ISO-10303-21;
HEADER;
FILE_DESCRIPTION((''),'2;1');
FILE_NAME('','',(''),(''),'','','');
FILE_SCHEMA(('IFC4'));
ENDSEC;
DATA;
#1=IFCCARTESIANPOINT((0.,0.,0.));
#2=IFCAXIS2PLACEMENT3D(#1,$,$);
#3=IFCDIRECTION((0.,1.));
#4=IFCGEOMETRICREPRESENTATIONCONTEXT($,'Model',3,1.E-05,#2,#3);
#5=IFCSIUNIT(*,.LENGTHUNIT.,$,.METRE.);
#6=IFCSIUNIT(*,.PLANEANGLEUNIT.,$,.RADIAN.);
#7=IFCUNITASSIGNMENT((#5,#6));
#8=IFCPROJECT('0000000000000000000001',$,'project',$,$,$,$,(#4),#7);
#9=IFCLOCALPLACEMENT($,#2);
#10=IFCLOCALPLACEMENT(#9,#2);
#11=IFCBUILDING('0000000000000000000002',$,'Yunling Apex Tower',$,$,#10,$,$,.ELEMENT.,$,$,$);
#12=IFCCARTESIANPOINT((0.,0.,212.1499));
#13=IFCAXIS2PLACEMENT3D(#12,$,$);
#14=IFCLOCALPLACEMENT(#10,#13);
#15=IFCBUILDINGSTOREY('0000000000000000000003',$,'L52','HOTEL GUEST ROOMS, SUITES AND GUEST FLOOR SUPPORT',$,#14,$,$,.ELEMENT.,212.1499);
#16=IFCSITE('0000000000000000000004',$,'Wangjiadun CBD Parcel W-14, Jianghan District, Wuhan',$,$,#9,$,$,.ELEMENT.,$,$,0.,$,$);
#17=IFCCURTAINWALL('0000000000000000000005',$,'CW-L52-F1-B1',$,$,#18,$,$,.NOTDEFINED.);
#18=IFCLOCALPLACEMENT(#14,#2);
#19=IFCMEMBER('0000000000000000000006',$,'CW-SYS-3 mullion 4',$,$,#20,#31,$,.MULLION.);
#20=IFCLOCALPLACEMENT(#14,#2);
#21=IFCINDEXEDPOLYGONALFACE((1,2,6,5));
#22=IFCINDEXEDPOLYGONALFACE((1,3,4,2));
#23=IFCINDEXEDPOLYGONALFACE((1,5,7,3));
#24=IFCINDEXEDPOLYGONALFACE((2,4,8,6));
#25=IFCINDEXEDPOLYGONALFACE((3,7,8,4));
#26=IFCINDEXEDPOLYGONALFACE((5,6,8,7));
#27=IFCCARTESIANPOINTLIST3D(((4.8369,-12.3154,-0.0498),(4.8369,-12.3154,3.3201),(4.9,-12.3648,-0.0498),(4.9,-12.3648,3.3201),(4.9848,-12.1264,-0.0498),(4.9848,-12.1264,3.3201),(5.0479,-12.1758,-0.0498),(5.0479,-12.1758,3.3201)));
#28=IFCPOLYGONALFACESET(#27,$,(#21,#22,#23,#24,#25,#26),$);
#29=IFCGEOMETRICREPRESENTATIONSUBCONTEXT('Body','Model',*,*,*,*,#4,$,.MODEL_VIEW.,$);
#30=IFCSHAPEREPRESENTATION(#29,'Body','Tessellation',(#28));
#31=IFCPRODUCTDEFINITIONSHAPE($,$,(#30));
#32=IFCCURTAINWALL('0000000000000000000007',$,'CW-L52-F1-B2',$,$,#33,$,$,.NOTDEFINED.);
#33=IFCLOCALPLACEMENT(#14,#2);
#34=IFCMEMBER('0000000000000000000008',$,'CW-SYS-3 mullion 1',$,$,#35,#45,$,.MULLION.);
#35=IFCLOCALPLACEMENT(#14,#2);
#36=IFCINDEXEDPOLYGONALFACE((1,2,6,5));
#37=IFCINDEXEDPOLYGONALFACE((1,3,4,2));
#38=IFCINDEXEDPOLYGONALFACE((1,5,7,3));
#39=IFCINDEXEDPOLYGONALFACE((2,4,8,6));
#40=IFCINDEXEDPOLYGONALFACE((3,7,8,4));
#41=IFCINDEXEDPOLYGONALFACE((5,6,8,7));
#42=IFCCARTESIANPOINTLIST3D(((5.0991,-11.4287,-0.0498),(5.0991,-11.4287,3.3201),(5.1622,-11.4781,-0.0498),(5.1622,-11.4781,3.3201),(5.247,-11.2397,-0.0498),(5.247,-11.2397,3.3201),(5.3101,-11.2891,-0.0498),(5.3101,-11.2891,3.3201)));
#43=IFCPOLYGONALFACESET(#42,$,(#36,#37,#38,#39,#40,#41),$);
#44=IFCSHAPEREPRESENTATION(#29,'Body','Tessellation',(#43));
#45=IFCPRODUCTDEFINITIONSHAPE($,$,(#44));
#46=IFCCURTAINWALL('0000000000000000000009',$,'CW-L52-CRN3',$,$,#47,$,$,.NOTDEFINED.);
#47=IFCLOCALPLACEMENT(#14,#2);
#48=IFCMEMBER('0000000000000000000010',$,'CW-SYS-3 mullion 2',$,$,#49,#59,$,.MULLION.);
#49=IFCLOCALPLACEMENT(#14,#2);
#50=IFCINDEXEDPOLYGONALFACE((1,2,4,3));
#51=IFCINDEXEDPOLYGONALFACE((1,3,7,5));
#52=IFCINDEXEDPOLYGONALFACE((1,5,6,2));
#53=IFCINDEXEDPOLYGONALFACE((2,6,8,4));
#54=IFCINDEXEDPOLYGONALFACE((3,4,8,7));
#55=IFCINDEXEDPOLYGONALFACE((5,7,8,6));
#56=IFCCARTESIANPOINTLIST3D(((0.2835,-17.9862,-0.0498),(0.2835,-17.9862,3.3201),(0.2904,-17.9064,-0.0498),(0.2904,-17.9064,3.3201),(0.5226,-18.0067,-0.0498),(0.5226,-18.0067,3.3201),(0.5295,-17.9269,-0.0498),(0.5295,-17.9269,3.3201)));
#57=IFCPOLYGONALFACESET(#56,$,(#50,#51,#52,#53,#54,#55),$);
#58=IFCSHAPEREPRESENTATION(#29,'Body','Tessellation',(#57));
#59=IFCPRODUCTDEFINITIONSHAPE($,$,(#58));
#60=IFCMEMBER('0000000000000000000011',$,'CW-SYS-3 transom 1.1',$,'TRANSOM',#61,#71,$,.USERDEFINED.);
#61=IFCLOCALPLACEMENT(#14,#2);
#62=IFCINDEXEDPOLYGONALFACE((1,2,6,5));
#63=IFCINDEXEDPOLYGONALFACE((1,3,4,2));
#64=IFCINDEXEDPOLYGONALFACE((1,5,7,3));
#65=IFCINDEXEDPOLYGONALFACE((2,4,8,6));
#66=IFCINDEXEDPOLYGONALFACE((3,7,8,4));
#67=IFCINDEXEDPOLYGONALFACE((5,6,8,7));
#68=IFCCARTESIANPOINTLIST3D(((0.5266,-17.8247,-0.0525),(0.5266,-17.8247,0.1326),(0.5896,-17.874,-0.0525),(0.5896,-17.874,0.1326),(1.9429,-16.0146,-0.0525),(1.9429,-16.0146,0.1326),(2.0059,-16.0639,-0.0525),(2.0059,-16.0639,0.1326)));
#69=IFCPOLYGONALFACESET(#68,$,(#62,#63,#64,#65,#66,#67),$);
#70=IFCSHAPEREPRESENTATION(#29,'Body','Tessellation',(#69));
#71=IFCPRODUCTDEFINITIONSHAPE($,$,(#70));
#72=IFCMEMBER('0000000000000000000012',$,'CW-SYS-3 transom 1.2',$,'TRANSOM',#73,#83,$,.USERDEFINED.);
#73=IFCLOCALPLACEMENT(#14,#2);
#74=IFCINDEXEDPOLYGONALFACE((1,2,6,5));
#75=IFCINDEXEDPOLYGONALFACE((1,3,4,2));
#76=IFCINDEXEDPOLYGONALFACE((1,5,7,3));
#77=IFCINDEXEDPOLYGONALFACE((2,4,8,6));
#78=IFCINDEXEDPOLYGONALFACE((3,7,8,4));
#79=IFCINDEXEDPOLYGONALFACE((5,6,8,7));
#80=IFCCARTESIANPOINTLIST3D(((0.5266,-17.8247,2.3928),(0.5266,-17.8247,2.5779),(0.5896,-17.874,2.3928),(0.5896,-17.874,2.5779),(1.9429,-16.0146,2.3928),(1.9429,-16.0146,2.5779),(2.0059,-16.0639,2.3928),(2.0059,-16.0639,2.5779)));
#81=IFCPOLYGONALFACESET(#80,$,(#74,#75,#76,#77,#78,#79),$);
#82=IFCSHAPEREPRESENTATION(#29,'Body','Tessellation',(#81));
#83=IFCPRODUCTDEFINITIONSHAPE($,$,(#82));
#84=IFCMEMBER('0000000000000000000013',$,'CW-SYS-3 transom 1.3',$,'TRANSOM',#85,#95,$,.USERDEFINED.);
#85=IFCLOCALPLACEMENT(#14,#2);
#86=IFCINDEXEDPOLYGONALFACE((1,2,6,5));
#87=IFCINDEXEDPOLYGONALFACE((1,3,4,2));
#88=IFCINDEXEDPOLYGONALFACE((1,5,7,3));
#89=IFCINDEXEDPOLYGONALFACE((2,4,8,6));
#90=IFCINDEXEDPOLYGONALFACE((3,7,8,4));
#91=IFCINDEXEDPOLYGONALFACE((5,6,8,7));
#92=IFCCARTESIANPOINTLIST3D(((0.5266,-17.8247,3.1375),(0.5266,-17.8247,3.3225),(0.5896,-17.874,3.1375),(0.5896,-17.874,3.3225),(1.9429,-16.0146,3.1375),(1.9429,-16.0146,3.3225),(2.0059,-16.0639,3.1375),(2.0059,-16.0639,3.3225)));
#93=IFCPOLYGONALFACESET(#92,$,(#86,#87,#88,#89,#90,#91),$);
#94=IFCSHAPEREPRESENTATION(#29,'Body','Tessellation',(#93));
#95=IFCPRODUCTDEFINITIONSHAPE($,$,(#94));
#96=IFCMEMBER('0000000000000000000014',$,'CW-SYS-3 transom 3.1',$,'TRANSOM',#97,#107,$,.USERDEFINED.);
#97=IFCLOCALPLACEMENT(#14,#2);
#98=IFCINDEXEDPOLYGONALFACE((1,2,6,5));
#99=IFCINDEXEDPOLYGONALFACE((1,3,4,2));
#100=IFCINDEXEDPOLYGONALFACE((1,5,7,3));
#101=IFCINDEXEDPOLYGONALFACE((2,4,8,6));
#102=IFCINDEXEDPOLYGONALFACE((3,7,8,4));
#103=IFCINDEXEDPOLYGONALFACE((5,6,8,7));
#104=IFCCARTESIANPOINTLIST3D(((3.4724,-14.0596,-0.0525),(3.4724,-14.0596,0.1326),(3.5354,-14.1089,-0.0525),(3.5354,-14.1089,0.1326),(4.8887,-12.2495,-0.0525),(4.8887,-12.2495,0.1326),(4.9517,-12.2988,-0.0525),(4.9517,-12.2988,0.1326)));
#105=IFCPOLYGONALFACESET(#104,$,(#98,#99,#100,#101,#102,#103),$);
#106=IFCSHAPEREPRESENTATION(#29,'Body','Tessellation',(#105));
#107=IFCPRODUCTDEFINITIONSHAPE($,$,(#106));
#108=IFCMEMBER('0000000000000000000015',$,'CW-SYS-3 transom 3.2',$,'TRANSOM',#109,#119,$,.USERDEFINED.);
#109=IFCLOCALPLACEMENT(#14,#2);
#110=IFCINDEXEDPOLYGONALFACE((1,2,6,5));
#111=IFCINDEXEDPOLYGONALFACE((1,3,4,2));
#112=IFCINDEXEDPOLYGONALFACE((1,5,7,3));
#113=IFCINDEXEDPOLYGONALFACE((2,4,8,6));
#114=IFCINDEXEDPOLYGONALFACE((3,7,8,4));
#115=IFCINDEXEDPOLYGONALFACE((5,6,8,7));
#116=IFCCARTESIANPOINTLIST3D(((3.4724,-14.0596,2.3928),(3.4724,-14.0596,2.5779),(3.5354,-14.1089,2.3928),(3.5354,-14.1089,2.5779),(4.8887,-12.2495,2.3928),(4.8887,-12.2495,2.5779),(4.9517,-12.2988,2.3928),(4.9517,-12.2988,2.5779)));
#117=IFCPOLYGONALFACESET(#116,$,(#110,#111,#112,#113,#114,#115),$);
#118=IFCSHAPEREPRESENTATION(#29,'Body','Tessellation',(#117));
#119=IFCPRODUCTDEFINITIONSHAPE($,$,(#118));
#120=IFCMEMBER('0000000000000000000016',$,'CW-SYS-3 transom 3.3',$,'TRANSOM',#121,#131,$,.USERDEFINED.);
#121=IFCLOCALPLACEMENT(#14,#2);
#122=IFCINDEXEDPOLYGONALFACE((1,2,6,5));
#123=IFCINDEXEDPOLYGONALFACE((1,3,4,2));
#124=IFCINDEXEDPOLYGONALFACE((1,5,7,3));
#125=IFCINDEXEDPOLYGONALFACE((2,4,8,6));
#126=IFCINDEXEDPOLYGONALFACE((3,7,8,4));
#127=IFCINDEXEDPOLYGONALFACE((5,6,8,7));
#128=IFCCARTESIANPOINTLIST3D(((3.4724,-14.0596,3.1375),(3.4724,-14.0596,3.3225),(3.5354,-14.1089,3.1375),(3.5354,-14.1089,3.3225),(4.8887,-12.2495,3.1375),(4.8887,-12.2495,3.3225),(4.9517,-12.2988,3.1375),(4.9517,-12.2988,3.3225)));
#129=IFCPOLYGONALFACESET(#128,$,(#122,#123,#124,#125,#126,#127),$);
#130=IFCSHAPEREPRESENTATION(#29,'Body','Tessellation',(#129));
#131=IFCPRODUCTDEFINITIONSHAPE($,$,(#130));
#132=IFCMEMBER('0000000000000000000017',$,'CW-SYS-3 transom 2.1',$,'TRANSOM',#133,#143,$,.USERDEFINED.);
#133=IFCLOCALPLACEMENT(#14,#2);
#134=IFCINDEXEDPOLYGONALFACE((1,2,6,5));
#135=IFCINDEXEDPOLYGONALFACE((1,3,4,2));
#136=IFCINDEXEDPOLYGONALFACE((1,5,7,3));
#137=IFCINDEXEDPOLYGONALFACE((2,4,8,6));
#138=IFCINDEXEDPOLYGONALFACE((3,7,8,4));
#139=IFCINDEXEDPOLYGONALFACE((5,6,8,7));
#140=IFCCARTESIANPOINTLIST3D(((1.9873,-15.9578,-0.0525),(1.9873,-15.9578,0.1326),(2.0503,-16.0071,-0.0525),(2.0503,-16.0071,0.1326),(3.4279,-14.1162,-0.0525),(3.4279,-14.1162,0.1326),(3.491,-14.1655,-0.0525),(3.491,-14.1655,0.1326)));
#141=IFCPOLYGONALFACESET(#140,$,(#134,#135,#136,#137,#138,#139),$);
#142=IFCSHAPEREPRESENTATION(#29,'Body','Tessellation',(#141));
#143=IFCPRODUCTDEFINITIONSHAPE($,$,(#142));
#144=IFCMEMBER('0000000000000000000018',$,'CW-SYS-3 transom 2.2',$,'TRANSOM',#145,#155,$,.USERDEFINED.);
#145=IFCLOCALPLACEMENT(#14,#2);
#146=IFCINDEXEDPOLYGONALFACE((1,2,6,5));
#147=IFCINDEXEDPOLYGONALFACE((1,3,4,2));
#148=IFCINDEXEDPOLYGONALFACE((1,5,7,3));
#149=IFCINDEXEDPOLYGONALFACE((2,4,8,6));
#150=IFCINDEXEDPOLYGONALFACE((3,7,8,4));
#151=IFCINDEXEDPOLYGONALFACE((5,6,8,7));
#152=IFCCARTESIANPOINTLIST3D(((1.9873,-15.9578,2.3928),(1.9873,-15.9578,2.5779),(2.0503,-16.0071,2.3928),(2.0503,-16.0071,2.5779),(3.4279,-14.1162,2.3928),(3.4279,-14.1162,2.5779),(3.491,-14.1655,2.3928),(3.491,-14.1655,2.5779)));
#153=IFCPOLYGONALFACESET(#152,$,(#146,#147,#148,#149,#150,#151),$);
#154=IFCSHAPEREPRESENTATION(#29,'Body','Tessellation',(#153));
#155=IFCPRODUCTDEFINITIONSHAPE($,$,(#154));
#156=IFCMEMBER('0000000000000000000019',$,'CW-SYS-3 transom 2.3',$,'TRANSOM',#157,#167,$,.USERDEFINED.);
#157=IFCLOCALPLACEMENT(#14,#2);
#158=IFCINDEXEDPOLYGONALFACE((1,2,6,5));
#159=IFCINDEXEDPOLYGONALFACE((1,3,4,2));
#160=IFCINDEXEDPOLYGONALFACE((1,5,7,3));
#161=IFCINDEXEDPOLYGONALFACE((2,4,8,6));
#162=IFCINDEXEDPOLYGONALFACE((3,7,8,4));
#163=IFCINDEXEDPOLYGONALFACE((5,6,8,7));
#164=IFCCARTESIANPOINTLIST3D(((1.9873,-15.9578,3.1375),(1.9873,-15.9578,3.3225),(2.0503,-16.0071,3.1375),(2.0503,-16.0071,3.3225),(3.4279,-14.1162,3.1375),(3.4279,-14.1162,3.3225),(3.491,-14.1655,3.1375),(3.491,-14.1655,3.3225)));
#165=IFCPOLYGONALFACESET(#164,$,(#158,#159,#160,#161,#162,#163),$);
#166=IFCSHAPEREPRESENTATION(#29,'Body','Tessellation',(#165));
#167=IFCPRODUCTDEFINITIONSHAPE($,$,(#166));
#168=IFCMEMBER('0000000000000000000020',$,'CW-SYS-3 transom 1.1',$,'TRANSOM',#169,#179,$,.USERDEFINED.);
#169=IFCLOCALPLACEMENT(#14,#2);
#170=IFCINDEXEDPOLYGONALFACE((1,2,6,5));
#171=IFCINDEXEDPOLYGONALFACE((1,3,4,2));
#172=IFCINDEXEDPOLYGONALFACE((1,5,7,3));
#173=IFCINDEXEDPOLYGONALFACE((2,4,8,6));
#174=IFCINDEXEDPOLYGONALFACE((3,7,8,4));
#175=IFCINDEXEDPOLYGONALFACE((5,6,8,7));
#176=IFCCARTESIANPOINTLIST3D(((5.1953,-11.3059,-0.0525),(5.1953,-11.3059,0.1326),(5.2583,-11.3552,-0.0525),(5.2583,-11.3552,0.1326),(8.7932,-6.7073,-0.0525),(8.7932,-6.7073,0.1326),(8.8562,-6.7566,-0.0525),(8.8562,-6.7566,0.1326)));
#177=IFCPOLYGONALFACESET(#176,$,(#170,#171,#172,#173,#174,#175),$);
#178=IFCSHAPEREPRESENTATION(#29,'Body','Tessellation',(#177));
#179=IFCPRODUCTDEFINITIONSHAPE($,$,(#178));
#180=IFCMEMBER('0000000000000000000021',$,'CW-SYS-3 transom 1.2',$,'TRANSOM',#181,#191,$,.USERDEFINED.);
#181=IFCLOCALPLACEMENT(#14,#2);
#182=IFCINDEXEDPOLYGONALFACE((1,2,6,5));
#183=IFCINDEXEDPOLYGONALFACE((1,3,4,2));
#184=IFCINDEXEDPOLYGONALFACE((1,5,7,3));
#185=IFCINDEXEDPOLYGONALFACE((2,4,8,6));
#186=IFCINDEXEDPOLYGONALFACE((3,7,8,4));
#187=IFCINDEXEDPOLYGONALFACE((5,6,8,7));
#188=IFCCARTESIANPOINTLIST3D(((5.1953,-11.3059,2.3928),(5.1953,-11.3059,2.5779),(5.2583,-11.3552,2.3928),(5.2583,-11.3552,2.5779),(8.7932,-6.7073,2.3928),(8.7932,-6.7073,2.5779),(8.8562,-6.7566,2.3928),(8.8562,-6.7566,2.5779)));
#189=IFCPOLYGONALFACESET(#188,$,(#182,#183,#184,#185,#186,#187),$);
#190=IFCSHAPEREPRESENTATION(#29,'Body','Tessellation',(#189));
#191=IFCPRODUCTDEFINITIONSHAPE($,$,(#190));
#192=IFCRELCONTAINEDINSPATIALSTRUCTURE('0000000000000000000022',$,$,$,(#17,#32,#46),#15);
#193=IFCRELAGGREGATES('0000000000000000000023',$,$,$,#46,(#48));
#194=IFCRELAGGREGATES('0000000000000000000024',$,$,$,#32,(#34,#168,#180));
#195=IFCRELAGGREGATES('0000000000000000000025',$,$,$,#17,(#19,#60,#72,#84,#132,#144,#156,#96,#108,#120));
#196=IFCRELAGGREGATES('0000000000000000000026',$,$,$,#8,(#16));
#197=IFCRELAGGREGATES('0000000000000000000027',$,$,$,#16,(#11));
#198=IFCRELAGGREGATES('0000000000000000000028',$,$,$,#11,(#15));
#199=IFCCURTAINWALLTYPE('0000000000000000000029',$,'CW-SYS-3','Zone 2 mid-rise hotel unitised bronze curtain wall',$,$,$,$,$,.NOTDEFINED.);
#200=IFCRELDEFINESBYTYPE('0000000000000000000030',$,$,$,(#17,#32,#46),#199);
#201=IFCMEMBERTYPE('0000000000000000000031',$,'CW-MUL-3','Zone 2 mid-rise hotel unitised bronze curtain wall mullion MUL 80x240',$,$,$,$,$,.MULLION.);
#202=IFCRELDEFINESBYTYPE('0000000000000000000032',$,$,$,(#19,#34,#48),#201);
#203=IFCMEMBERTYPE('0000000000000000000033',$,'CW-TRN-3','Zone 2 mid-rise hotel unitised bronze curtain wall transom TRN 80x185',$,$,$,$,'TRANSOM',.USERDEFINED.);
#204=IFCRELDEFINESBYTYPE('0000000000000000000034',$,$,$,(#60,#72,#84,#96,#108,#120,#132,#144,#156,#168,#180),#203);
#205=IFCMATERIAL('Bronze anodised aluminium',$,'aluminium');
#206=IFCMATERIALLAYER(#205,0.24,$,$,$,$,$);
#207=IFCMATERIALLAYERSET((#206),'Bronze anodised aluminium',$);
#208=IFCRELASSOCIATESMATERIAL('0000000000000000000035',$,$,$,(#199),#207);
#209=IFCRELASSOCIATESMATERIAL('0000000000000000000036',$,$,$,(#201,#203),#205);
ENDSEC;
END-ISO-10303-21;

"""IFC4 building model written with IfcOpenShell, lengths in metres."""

from ifc_helpers import new_model, si_unit, direction, frame, origin, origin_2d, place, context, subcontext, project, spatial, rectangle, extrude, source, transform, mapped, material, layer, layer_set, material_profile, profile_set, type_object, element, aggregate, save


model = new_model("IFC4")

# Units and contexts
model_context = context("Model", 3, precision=1e-05, world=origin(), true_north=direction((0.0, 1.0)))
body_context = subcontext(model_context, "Body", "Model", "MODEL_VIEW")
ifc_project = project(units=[si_unit("LENGTHUNIT", "METRE"), si_unit("PLANEANGLEUNIT", "RADIAN")], contexts=[model_context])

# Site, building, storey
site_placement = place(None, origin())
site = spatial("IfcSite", under=ifc_project, at=site_placement, Name="Wangjiadun CBD Parcel W-14, Jianghan District, Wuhan", CompositionType="ELEMENT", RefElevation=0.0)
building_placement = place(site_placement, origin())
building = spatial("IfcBuilding", under=site, at=building_placement, Name="Yunling Apex Tower", CompositionType="ELEMENT")
storey_placement = place(building_placement, frame((0.0, 0.0, 212.1499)))
storey = spatial("IfcBuildingStorey", under=building, at=storey_placement, Name="L52", Description="HOTEL GUEST ROOMS, SUITES AND GUEST FLOOR SUPPORT", CompositionType="ELEMENT", Elevation=212.1499)

# Curtain wall, member
ifc_material_1 = material(Name="Bronze anodised aluminium", Category="aluminium")
ifc_layer_1 = layer(ifc_material_1, 0.24)
ifc_layer_set_1 = layer_set([ifc_layer_1], Name="Bronze anodised aluminium")
curtain_wall_type = type_object("IfcCurtainWallType", Name="CW-SYS-3", Description="Zone 2 mid-rise hotel unitised bronze curtain wall", PredefinedType="NOTDEFINED", material=ifc_layer_set_1)
curtain_wall_1_placement = place(storey_placement, origin())
curtain_wall_1 = element("IfcCurtainWall", 1, at=curtain_wall_1_placement, inside=storey, type_object=curtain_wall_type, Name="CW-L52-F1-B1", PredefinedType="NOTDEFINED")
ifc_material_profile_1 = material_profile(ifc_material_1, rectangle(XDim=0.0801, YDim=0.24, at=origin_2d()))
ifc_profile_set_1 = profile_set([ifc_material_profile_1], Name="Bronze anodised aluminium")
member_type_1 = type_object("IfcMemberType", Name="CW-MUL-3", Description="Zone 2 mid-rise hotel unitised bronze curtain wall mullion MUL 80x240", PredefinedType="MULLION", material=ifc_profile_set_1)
shared_shape_1 = source(origin(), body_context, "Body", "SweptSolid", [
    extrude(rectangle(XDim=0.0801, YDim=0.24, at=origin_2d()), origin(), (0.0, 0.0, 1.0), 3.3699),
])
member_1_placement = place(storey_placement, frame((4.9424, -12.2456, -0.0498), z_axis=(0.0, 0.0, 1.0), x_axis=(-0.787589, 0.6162, 0.0)))
member_1 = element("IfcMember", 2, at=member_1_placement, type_object=member_type_1, Name="CW-SYS-3 mullion 4", PredefinedType="MULLION", context=body_context, shape_type="MappedRepresentation", body=[
    mapped(shared_shape_1, transform((0.0, 0.0, 0.0), scale=1.0)),
])

# Curtain walls, members
curtain_wall_2_placement = place(storey_placement, origin())
curtain_wall_2 = element("IfcCurtainWall", 3, at=curtain_wall_2_placement, inside=storey, type_object=curtain_wall_type, Name="CW-L52-F1-B2", PredefinedType="NOTDEFINED")
member_2_placement = place(storey_placement, frame((5.2046, -11.3589, -0.0498), z_axis=(0.0, 0.0, 1.0), x_axis=(-0.787576, 0.616217, 0.0)))
member_2 = element("IfcMember", 4, at=member_2_placement, type_object=member_type_1, Name="CW-SYS-3 mullion 1", PredefinedType="MULLION", context=body_context, shape_type="MappedRepresentation", body=[
    mapped(shared_shape_1, transform((0.0, 0.0, 0.0), scale=1.0)),
])
curtain_wall_3_placement = place(storey_placement, origin())
curtain_wall_3 = element("IfcCurtainWall", 5, at=curtain_wall_3_placement, inside=storey, type_object=curtain_wall_type, Name="CW-L52-CRN3", PredefinedType="NOTDEFINED")
member_3_placement = place(storey_placement, frame((0.4065, -17.9565, -0.0498), z_axis=(0.0, 0.0, 1.0), x_axis=(0.085517, 0.996337, 0.0)))
member_3 = element("IfcMember", 6, at=member_3_placement, type_object=member_type_1, Name="CW-SYS-3 mullion 2", PredefinedType="MULLION", context=body_context, shape_type="MappedRepresentation", body=[
    mapped(shared_shape_1, transform((0.0, 0.0, 0.0), scale=1.0)),
])
aggregate(curtain_wall_3, [member_3])

# Members
ifc_material_profile_2 = material_profile(ifc_material_1, rectangle(XDim=0.0801, YDim=0.1851, at=origin_2d()))
ifc_profile_set_2 = profile_set([ifc_material_profile_2], Name="Bronze anodised aluminium")
member_type_2 = type_object("IfcMemberType", Name="CW-TRN-3", Description="Zone 2 mid-rise hotel unitised bronze curtain wall transom TRN 80x185", ElementType="TRANSOM", PredefinedType="USERDEFINED", material=ifc_profile_set_2)
shared_shape_2 = source(origin(), body_context, "Body", "SweptSolid", [
    extrude(rectangle(XDim=0.0801, YDim=0.1851, at=origin_2d()), origin(), (0.0, 0.0, 1.0), 2.2983),
])
member_4_placement = place(storey_placement, frame((0.5581, -17.8494, 0.04), z_axis=(0.616225, 0.78757, 0.0), x_axis=(-0.78757, 0.616225, 0.0)))
member_4 = element("IfcMember", 7, at=member_4_placement, type_object=member_type_2, Name="CW-SYS-3 transom 1.1", ObjectType="TRANSOM", PredefinedType="USERDEFINED", context=body_context, shape_type="MappedRepresentation", body=[
    mapped(shared_shape_2, transform((0.0, 0.0, 0.0), scale=1.0)),
])
member_5_placement = place(storey_placement, frame((0.5581, -17.8494, 2.4854), z_axis=(0.616225, 0.78757, 0.0), x_axis=(-0.78757, 0.616225, 0.0)))
member_5 = element("IfcMember", 8, at=member_5_placement, type_object=member_type_2, Name="CW-SYS-3 transom 1.2", ObjectType="TRANSOM", PredefinedType="USERDEFINED", context=body_context, shape_type="MappedRepresentation", body=[
    mapped(shared_shape_2, transform((0.0, 0.0, 0.0), scale=1.0)),
])
member_6_placement = place(storey_placement, frame((0.5581, -17.8494, 3.23), z_axis=(0.616225, 0.78757, 0.0), x_axis=(-0.78757, 0.616225, 0.0)))
member_6 = element("IfcMember", 9, at=member_6_placement, type_object=member_type_2, Name="CW-SYS-3 transom 1.3", ObjectType="TRANSOM", PredefinedType="USERDEFINED", context=body_context, shape_type="MappedRepresentation", body=[
    mapped(shared_shape_2, transform((0.0, 0.0, 0.0), scale=1.0)),
])
member_7_placement = place(storey_placement, frame((3.5039, -14.0842, 0.04), z_axis=(0.616225, 0.78757, 0.0), x_axis=(-0.78757, 0.616225, 0.0)))
member_7 = element("IfcMember", 10, at=member_7_placement, type_object=member_type_2, Name="CW-SYS-3 transom 3.1", ObjectType="TRANSOM", PredefinedType="USERDEFINED", context=body_context, shape_type="MappedRepresentation", body=[
    mapped(shared_shape_2, transform((0.0, 0.0, 0.0), scale=1.0)),
])
member_8_placement = place(storey_placement, frame((3.5039, -14.0842, 2.4854), z_axis=(0.616225, 0.78757, 0.0), x_axis=(-0.78757, 0.616225, 0.0)))
member_8 = element("IfcMember", 11, at=member_8_placement, type_object=member_type_2, Name="CW-SYS-3 transom 3.2", ObjectType="TRANSOM", PredefinedType="USERDEFINED", context=body_context, shape_type="MappedRepresentation", body=[
    mapped(shared_shape_2, transform((0.0, 0.0, 0.0), scale=1.0)),
])
member_9_placement = place(storey_placement, frame((3.5039, -14.0842, 3.23), z_axis=(0.616225, 0.78757, 0.0), x_axis=(-0.78757, 0.616225, 0.0)))
member_9 = element("IfcMember", 12, at=member_9_placement, type_object=member_type_2, Name="CW-SYS-3 transom 3.3", ObjectType="TRANSOM", PredefinedType="USERDEFINED", context=body_context, shape_type="MappedRepresentation", body=[
    mapped(shared_shape_2, transform((0.0, 0.0, 0.0), scale=1.0)),
])
shared_shape_3 = source(origin(), body_context, "Body", "SweptSolid", [
    extrude(rectangle(XDim=0.0801, YDim=0.1851, at=origin_2d()), origin(), (0.0, 0.0, 1.0), 2.3381),
])
member_10_placement = place(storey_placement, frame((2.0188, -15.9824, 0.04), z_axis=(0.616165, 0.787617, 0.0), x_axis=(-0.787617, 0.616165, 0.0)))
member_10 = element("IfcMember", 13, at=member_10_placement, type_object=member_type_2, Name="CW-SYS-3 transom 2.1", ObjectType="TRANSOM", PredefinedType="USERDEFINED", context=body_context, shape_type="MappedRepresentation", body=[
    mapped(shared_shape_3, transform((0.0, 0.0, 0.0), scale=1.0)),
])
member_11_placement = place(storey_placement, frame((2.0188, -15.9824, 2.4854), z_axis=(0.616165, 0.787617, 0.0), x_axis=(-0.787617, 0.616165, 0.0)))
member_11 = element("IfcMember", 14, at=member_11_placement, type_object=member_type_2, Name="CW-SYS-3 transom 2.2", ObjectType="TRANSOM", PredefinedType="USERDEFINED", context=body_context, shape_type="MappedRepresentation", body=[
    mapped(shared_shape_3, transform((0.0, 0.0, 0.0), scale=1.0)),
])
member_12_placement = place(storey_placement, frame((2.0188, -15.9824, 3.23), z_axis=(0.616165, 0.787617, 0.0), x_axis=(-0.787617, 0.616165, 0.0)))
member_12 = element("IfcMember", 15, at=member_12_placement, type_object=member_type_2, Name="CW-SYS-3 transom 2.3", ObjectType="TRANSOM", PredefinedType="USERDEFINED", context=body_context, shape_type="MappedRepresentation", body=[
    mapped(shared_shape_3, transform((0.0, 0.0, 0.0), scale=1.0)),
])
shared_shape_4 = source(origin(), body_context, "Body", "SweptSolid", [
    extrude(rectangle(XDim=0.0801, YDim=0.1851, at=origin_2d()), origin(), (0.0, 0.0, 1.0), 5.8389),
])
member_13_placement = place(storey_placement, frame((5.2268, -11.3306, 0.04), z_axis=(0.616199, 0.787591, 0.0), x_axis=(-0.787591, 0.616199, 0.0)))
member_13 = element("IfcMember", 16, at=member_13_placement, type_object=member_type_2, Name="CW-SYS-3 transom 1.1", ObjectType="TRANSOM", PredefinedType="USERDEFINED", context=body_context, shape_type="MappedRepresentation", body=[
    mapped(shared_shape_4, transform((0.0, 0.0, 0.0), scale=1.0)),
])
member_14_placement = place(storey_placement, frame((5.2268, -11.3306, 2.4854), z_axis=(0.616199, 0.787591, 0.0), x_axis=(-0.787591, 0.616199, 0.0)))
member_14 = element("IfcMember", 17, at=member_14_placement, type_object=member_type_2, Name="CW-SYS-3 transom 1.2", ObjectType="TRANSOM", PredefinedType="USERDEFINED", context=body_context, shape_type="MappedRepresentation", body=[
    mapped(shared_shape_4, transform((0.0, 0.0, 0.0), scale=1.0)),
])
aggregate(curtain_wall_2, [member_2, member_13, member_14])

aggregate(curtain_wall_1, [member_1, member_4, member_5, member_6, member_10, member_11, member_12, member_7, member_8, member_9])

save(model, "model.ifc")
